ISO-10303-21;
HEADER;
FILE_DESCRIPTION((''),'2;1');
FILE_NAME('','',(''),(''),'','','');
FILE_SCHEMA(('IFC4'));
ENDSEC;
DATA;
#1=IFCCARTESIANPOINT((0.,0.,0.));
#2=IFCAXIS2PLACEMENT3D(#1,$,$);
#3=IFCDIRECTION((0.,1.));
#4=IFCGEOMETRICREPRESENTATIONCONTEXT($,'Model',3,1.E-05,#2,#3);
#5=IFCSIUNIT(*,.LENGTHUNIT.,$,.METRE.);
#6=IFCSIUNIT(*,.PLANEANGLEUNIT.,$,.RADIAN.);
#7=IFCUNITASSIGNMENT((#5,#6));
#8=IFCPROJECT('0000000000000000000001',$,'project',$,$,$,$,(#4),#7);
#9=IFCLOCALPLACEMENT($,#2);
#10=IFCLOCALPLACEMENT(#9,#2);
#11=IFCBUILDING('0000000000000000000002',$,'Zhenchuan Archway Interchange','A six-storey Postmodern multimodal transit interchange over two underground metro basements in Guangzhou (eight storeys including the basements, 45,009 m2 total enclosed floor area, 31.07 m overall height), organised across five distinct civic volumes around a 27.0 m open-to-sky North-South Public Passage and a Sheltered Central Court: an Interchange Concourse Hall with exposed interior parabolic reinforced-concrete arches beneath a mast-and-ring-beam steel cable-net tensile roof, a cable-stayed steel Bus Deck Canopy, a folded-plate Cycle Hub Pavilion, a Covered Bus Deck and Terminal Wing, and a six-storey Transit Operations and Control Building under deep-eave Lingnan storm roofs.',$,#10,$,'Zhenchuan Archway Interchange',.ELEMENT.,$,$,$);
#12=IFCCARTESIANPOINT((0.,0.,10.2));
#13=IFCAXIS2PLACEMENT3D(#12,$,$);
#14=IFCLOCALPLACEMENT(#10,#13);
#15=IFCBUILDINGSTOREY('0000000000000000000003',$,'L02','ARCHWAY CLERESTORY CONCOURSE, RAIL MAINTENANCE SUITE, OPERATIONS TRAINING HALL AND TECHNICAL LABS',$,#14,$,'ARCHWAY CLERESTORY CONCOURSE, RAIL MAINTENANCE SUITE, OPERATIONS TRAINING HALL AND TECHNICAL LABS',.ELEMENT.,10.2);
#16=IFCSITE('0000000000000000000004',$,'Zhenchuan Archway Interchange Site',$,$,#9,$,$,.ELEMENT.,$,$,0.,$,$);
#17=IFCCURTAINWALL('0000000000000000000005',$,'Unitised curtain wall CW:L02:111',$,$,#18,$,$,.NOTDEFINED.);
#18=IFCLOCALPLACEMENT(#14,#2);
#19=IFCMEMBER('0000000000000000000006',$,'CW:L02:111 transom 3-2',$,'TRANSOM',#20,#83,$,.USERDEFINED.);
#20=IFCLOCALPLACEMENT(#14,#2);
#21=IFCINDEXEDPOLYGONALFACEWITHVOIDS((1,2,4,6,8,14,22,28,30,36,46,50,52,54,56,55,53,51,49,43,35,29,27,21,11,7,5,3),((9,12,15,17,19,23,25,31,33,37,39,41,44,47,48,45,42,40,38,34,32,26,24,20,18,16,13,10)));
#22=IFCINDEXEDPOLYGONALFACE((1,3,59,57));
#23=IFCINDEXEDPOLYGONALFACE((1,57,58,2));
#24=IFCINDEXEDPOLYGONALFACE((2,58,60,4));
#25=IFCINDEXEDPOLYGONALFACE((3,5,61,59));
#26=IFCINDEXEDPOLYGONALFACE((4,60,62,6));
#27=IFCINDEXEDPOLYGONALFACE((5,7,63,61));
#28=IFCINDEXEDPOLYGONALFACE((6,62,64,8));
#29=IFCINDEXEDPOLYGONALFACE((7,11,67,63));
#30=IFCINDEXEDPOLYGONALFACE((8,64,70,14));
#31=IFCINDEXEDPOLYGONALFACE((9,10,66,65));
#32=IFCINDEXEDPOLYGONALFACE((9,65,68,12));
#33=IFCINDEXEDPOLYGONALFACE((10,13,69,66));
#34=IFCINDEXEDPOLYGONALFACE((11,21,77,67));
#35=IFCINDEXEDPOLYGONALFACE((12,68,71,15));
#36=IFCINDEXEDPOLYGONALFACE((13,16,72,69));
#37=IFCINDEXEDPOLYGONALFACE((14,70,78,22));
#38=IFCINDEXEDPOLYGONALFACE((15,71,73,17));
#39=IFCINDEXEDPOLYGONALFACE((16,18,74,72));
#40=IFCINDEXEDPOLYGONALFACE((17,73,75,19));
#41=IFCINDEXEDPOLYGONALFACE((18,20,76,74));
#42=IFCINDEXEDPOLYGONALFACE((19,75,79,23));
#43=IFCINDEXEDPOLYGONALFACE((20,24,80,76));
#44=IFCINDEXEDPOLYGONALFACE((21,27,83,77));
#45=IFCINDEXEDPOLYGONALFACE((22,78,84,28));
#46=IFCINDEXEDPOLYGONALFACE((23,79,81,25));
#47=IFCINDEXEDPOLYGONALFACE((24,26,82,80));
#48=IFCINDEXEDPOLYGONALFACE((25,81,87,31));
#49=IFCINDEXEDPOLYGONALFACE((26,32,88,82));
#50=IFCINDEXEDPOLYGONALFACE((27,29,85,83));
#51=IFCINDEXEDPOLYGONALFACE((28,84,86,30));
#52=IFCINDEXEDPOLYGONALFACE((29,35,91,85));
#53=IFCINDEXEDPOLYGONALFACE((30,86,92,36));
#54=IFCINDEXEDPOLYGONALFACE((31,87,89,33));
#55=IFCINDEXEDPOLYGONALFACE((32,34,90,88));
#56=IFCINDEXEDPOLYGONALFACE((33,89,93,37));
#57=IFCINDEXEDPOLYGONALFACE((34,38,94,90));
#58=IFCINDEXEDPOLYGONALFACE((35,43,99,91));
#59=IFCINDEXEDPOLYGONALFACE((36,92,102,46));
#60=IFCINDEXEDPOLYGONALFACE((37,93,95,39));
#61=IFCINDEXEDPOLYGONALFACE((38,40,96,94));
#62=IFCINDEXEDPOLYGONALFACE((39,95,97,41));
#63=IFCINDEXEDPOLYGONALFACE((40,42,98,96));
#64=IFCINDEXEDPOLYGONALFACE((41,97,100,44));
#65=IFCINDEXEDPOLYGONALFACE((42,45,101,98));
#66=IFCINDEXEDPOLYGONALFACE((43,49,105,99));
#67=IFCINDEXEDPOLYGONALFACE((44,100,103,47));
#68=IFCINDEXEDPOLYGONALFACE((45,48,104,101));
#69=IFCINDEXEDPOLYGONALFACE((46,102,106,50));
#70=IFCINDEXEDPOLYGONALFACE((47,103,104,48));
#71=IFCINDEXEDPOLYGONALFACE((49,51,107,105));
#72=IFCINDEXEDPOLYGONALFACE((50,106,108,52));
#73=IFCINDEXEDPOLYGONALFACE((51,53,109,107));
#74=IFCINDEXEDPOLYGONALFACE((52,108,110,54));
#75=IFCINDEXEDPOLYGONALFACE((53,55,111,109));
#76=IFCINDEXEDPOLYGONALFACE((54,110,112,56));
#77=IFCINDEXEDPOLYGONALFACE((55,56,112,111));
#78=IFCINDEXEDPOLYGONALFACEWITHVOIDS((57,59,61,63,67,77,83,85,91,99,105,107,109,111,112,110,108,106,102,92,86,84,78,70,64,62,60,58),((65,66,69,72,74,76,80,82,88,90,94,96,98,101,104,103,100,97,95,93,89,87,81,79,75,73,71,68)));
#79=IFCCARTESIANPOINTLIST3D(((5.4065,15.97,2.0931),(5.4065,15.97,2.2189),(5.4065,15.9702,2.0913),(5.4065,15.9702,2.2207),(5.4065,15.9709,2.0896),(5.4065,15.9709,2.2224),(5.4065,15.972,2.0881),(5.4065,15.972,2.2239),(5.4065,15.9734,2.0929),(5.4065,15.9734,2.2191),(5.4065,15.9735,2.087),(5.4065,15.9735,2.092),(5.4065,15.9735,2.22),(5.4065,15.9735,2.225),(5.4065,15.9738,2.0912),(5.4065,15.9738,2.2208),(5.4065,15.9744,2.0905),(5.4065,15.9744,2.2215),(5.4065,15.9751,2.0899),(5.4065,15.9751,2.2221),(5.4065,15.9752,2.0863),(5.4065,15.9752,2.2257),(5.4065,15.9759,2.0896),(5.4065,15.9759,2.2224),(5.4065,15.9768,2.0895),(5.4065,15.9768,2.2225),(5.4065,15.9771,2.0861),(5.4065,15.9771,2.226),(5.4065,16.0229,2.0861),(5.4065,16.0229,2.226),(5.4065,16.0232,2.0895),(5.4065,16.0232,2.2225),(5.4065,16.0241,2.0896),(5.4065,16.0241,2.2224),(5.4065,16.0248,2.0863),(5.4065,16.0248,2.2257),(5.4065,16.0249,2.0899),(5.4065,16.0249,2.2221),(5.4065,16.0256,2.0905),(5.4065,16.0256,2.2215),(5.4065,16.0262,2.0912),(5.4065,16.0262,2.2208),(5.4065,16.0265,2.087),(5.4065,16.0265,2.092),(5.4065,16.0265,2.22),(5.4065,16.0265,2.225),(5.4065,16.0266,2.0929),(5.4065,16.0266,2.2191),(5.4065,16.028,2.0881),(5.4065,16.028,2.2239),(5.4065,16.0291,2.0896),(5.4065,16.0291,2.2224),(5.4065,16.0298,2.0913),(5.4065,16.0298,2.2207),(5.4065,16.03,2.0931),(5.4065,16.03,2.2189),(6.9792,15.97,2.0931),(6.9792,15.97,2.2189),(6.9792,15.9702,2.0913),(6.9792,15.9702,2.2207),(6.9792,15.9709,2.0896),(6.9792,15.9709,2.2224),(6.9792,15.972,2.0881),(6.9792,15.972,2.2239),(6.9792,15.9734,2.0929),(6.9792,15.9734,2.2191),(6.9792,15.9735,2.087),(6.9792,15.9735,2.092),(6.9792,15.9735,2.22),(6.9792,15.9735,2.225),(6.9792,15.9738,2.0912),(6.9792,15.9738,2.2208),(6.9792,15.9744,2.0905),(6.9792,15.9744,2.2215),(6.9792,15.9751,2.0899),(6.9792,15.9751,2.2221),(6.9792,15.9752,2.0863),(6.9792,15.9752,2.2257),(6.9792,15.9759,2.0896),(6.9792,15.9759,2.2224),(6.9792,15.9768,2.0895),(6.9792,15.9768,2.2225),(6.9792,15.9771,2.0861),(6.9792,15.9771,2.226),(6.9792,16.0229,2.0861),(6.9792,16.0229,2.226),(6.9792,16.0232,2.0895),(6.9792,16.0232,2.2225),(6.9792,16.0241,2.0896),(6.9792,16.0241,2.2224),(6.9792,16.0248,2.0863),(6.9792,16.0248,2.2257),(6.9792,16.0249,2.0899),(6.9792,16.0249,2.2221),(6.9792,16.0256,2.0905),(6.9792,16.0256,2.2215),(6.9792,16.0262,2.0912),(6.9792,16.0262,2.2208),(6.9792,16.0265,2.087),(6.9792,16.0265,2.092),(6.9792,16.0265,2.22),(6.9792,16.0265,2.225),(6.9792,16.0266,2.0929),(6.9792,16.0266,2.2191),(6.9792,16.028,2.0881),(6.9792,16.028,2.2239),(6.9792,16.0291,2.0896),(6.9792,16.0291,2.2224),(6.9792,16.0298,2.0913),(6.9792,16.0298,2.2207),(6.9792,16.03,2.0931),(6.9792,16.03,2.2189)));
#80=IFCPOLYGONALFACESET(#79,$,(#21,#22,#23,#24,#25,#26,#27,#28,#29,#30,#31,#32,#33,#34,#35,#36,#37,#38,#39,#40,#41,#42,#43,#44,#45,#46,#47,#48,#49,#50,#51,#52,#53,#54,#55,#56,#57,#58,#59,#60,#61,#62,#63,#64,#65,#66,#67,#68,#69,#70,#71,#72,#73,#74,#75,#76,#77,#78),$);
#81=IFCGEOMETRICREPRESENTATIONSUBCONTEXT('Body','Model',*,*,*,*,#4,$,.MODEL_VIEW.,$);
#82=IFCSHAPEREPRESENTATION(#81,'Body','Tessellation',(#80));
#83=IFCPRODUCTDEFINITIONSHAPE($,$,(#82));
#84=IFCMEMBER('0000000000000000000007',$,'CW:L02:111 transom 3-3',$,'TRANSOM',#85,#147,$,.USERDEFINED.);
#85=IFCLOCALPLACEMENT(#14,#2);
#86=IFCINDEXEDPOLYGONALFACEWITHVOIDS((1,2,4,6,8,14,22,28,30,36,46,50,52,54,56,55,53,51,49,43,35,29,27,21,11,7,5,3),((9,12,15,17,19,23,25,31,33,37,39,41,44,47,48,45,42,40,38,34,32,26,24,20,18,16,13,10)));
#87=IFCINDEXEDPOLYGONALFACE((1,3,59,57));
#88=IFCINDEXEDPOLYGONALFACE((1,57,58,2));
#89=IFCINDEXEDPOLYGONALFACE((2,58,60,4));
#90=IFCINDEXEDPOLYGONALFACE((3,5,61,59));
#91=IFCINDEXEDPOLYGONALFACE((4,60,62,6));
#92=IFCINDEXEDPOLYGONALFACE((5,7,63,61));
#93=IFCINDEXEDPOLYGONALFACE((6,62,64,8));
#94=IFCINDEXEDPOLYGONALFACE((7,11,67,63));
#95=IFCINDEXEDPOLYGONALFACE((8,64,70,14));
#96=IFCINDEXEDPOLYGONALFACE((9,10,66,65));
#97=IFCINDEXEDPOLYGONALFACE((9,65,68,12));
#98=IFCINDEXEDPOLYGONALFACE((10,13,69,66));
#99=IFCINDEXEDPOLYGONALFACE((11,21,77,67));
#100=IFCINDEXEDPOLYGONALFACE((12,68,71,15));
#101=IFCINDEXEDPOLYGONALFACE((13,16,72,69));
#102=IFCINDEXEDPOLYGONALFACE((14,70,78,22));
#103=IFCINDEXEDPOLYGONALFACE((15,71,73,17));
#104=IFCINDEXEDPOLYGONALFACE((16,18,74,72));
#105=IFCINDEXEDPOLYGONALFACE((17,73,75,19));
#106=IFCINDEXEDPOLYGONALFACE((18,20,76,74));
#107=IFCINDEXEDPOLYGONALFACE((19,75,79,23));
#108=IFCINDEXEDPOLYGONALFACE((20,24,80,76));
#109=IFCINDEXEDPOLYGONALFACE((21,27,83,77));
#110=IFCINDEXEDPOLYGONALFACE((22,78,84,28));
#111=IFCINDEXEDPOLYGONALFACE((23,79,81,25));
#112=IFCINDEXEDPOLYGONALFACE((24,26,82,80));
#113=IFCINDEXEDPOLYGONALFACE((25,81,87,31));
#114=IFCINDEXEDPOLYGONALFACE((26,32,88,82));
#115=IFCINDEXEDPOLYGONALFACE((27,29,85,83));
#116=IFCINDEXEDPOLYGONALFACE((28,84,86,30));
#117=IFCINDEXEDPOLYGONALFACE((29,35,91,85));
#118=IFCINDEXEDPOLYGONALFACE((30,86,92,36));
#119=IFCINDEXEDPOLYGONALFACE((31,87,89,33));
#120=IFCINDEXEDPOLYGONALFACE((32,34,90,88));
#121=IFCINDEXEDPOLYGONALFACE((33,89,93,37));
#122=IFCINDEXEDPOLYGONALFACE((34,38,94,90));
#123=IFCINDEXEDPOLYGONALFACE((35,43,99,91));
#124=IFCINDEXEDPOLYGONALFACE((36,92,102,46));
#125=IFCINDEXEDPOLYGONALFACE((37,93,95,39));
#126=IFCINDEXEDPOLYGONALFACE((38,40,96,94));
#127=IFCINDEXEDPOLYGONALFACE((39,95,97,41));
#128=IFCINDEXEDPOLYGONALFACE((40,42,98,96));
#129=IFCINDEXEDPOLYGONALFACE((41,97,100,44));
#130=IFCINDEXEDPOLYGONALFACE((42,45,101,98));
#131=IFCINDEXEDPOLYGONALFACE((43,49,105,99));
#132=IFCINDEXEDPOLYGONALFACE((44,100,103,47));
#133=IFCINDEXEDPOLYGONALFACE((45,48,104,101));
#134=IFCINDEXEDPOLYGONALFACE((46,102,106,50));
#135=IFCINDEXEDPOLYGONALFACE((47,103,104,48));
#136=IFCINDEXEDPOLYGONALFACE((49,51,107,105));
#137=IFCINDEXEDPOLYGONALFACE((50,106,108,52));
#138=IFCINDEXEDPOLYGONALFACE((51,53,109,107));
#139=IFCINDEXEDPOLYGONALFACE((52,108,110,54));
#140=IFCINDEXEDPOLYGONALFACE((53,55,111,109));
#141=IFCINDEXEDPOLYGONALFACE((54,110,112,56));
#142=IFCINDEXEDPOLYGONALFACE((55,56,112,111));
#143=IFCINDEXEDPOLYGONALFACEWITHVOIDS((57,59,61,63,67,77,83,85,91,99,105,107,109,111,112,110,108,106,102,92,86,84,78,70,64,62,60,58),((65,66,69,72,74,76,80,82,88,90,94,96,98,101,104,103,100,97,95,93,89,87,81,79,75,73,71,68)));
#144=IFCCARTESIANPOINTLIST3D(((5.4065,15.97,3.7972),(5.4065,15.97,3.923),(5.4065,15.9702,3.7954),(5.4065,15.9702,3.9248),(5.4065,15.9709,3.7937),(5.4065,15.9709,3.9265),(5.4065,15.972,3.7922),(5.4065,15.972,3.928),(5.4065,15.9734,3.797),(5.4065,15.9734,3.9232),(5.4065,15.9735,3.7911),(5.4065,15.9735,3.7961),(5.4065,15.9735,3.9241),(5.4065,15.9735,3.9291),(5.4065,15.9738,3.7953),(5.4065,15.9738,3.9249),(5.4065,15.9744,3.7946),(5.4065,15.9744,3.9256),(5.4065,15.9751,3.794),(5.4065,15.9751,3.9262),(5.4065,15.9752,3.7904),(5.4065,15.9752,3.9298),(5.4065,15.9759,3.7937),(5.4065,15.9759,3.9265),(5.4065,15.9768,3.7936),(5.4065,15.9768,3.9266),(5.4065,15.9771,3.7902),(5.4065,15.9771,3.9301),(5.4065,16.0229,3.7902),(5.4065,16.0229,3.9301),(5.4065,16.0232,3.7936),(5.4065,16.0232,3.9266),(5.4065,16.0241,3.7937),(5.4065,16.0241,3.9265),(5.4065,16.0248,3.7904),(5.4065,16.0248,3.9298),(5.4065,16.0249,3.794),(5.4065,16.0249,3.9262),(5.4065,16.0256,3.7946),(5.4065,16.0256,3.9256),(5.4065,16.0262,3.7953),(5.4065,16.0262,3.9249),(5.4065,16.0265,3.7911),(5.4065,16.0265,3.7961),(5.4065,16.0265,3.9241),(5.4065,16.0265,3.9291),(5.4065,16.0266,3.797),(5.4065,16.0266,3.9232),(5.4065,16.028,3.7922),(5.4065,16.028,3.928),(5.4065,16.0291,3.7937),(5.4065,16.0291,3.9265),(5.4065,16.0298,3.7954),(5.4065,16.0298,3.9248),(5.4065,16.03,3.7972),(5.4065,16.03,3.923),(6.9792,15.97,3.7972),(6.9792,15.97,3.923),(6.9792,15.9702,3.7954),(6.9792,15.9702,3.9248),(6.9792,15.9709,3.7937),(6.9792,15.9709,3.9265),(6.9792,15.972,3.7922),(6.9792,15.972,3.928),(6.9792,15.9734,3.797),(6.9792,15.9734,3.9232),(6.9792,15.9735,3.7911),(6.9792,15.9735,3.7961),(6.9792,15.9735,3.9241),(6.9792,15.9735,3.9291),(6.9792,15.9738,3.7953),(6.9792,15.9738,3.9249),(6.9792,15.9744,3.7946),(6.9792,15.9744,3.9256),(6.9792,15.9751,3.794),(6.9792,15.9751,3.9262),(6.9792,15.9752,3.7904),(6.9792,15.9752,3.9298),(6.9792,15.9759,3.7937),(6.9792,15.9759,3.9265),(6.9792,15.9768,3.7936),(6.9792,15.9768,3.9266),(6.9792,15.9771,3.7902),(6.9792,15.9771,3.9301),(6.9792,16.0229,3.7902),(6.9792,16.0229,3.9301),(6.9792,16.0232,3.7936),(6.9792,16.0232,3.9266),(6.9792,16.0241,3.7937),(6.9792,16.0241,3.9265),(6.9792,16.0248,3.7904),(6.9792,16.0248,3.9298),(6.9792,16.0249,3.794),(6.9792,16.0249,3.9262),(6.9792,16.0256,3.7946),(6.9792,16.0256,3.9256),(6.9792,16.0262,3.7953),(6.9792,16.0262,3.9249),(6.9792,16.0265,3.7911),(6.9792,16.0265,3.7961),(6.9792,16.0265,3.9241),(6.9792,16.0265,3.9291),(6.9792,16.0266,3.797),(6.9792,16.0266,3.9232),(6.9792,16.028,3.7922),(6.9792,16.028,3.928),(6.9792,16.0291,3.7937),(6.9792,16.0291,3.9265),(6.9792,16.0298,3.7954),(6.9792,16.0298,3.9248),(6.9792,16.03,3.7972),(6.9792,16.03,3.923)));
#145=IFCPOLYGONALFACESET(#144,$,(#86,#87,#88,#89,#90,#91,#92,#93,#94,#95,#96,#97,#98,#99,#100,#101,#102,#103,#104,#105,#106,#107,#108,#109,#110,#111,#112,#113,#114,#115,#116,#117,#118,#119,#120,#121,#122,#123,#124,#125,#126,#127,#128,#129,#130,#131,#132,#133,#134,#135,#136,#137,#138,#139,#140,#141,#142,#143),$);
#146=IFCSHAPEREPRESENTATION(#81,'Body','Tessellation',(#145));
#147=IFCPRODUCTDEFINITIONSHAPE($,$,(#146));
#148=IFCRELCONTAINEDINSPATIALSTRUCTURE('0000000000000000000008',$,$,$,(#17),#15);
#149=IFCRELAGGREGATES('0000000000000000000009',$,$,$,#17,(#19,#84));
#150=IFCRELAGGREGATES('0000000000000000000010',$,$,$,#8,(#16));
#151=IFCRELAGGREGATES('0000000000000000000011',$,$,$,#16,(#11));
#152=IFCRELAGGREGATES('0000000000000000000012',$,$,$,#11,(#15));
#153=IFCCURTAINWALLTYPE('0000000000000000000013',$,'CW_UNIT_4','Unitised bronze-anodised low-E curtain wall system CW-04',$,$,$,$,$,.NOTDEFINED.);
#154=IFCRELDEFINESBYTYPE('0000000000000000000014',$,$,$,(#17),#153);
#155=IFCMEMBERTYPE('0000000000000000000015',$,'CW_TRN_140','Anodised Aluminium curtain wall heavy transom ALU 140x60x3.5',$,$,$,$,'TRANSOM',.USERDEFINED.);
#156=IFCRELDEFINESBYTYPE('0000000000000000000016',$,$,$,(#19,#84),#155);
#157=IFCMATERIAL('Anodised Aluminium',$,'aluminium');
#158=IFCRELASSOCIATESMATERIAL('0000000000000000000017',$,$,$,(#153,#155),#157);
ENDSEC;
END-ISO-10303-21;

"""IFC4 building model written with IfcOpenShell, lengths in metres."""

from ifc_helpers import new_model, si_unit, direction, frame, origin, origin_2d, place, context, subcontext, project, spatial, hollow_rectangle, extrude, material, material_profile, profile_set, type_object, element, aggregate, save


model = new_model("IFC4")

# Units and contexts
model_context = context("Model", 3, precision=1e-05, world=origin(), true_north=direction((0.0, 1.0)))
body_context = subcontext(model_context, "Body", "Model", "MODEL_VIEW")
ifc_project = project(units=[si_unit("LENGTHUNIT", "METRE"), si_unit("PLANEANGLEUNIT", "RADIAN")], contexts=[model_context])

# Site, building, storey
site_placement = place(None, origin())
site = spatial("IfcSite", under=ifc_project, at=site_placement, Name="Zhenchuan Archway Interchange Site", CompositionType="ELEMENT", RefElevation=0.0)
building_placement = place(site_placement, origin())
building = spatial("IfcBuilding", under=site, at=building_placement, Name="Zhenchuan Archway Interchange", Description="A six-storey Postmodern multimodal transit interchange over two underground metro basements in Guangzhou (eight storeys including the basements, 45,009 m2 total enclosed floor area, 31.07 m overall height), organised across five distinct civic volumes around a 27.0 m open-to-sky North-South Public Passage and a Sheltered Central Court: an Interchange Concourse Hall with exposed interior parabolic reinforced-concrete arches beneath a mast-and-ring-beam steel cable-net tensile roof, a cable-stayed steel Bus Deck Canopy, a folded-plate Cycle Hub Pavilion, a Covered Bus Deck and Terminal Wing, and a six-storey Transit Operations and Control Building under deep-eave Lingnan storm roofs.", LongName="Zhenchuan Archway Interchange", CompositionType="ELEMENT")
storey_placement = place(building_placement, frame((0.0, 0.0, 10.2)))
storey = spatial("IfcBuildingStorey", under=building, at=storey_placement, Name="L02", Description="ARCHWAY CLERESTORY CONCOURSE, RAIL MAINTENANCE SUITE, OPERATIONS TRAINING HALL AND TECHNICAL LABS", LongName="ARCHWAY CLERESTORY CONCOURSE, RAIL MAINTENANCE SUITE, OPERATIONS TRAINING HALL AND TECHNICAL LABS", CompositionType="ELEMENT", Elevation=10.2)

# Curtain wall, members
ifc_material_1 = material(Name="Anodised Aluminium", Category="aluminium")
curtain_wall_type = type_object("IfcCurtainWallType", Name="CW_UNIT_4", Description="Unitised bronze-anodised low-E curtain wall system CW-04", PredefinedType="NOTDEFINED", material=ifc_material_1)
curtain_wall_placement = place(storey_placement, origin())
curtain_wall = element("IfcCurtainWall", 1, at=curtain_wall_placement, inside=storey, type_object=curtain_wall_type, Name="Unitised curtain wall CW:L02:111", PredefinedType="NOTDEFINED")
ifc_material_profile_1 = material_profile(ifc_material_1, hollow_rectangle(XDim=0.0601, YDim=0.1399, WallThickness=0.0034, InnerFilletRadius=0.0034, OuterFilletRadius=0.0071, at=origin_2d()), Name="ALU 140x60x3.5")
ifc_profile_set_1 = profile_set([ifc_material_profile_1], Name="Anodised Aluminium")
member_type_1 = type_object("IfcMemberType", Name="CW_TRN_140", Description="Anodised Aluminium curtain wall heavy transom ALU 140x60x3.5", ElementType="TRANSOM", PredefinedType="USERDEFINED", material=ifc_profile_set_1)
member_1_placement = place(storey_placement, frame((5.4065, 16.0, 2.156), z_axis=(1.0, 0.0, 0.0), x_axis=(0.0, 1.0, 0.0)))
member_1 = element("IfcMember", 2, at=member_1_placement, type_object=member_type_1, Name="CW:L02:111 transom 3-2", ObjectType="TRANSOM", PredefinedType="USERDEFINED", context=body_context, shape_type="SweptSolid", body=[
    extrude(hollow_rectangle(XDim=0.0601, YDim=0.1399, WallThickness=0.0034, InnerFilletRadius=0.0034, OuterFilletRadius=0.0071, at=origin_2d()), origin(), (0.0, 0.0, 1.0), 1.5728),
])
member_2_placement = place(storey_placement, frame((5.4065, 16.0, 3.8601), z_axis=(1.0, 0.0, 0.0), x_axis=(0.0, 1.0, 0.0)))
member_2 = element("IfcMember", 3, at=member_2_placement, type_object=member_type_1, Name="CW:L02:111 transom 3-3", ObjectType="TRANSOM", PredefinedType="USERDEFINED", context=body_context, shape_type="SweptSolid", body=[
    extrude(hollow_rectangle(XDim=0.0601, YDim=0.1399, WallThickness=0.0034, InnerFilletRadius=0.0034, OuterFilletRadius=0.0071, at=origin_2d()), origin(), (0.0, 0.0, 1.0), 1.5728),
])

aggregate(curtain_wall, [member_1, member_2])

save(model, "model.ifc")
